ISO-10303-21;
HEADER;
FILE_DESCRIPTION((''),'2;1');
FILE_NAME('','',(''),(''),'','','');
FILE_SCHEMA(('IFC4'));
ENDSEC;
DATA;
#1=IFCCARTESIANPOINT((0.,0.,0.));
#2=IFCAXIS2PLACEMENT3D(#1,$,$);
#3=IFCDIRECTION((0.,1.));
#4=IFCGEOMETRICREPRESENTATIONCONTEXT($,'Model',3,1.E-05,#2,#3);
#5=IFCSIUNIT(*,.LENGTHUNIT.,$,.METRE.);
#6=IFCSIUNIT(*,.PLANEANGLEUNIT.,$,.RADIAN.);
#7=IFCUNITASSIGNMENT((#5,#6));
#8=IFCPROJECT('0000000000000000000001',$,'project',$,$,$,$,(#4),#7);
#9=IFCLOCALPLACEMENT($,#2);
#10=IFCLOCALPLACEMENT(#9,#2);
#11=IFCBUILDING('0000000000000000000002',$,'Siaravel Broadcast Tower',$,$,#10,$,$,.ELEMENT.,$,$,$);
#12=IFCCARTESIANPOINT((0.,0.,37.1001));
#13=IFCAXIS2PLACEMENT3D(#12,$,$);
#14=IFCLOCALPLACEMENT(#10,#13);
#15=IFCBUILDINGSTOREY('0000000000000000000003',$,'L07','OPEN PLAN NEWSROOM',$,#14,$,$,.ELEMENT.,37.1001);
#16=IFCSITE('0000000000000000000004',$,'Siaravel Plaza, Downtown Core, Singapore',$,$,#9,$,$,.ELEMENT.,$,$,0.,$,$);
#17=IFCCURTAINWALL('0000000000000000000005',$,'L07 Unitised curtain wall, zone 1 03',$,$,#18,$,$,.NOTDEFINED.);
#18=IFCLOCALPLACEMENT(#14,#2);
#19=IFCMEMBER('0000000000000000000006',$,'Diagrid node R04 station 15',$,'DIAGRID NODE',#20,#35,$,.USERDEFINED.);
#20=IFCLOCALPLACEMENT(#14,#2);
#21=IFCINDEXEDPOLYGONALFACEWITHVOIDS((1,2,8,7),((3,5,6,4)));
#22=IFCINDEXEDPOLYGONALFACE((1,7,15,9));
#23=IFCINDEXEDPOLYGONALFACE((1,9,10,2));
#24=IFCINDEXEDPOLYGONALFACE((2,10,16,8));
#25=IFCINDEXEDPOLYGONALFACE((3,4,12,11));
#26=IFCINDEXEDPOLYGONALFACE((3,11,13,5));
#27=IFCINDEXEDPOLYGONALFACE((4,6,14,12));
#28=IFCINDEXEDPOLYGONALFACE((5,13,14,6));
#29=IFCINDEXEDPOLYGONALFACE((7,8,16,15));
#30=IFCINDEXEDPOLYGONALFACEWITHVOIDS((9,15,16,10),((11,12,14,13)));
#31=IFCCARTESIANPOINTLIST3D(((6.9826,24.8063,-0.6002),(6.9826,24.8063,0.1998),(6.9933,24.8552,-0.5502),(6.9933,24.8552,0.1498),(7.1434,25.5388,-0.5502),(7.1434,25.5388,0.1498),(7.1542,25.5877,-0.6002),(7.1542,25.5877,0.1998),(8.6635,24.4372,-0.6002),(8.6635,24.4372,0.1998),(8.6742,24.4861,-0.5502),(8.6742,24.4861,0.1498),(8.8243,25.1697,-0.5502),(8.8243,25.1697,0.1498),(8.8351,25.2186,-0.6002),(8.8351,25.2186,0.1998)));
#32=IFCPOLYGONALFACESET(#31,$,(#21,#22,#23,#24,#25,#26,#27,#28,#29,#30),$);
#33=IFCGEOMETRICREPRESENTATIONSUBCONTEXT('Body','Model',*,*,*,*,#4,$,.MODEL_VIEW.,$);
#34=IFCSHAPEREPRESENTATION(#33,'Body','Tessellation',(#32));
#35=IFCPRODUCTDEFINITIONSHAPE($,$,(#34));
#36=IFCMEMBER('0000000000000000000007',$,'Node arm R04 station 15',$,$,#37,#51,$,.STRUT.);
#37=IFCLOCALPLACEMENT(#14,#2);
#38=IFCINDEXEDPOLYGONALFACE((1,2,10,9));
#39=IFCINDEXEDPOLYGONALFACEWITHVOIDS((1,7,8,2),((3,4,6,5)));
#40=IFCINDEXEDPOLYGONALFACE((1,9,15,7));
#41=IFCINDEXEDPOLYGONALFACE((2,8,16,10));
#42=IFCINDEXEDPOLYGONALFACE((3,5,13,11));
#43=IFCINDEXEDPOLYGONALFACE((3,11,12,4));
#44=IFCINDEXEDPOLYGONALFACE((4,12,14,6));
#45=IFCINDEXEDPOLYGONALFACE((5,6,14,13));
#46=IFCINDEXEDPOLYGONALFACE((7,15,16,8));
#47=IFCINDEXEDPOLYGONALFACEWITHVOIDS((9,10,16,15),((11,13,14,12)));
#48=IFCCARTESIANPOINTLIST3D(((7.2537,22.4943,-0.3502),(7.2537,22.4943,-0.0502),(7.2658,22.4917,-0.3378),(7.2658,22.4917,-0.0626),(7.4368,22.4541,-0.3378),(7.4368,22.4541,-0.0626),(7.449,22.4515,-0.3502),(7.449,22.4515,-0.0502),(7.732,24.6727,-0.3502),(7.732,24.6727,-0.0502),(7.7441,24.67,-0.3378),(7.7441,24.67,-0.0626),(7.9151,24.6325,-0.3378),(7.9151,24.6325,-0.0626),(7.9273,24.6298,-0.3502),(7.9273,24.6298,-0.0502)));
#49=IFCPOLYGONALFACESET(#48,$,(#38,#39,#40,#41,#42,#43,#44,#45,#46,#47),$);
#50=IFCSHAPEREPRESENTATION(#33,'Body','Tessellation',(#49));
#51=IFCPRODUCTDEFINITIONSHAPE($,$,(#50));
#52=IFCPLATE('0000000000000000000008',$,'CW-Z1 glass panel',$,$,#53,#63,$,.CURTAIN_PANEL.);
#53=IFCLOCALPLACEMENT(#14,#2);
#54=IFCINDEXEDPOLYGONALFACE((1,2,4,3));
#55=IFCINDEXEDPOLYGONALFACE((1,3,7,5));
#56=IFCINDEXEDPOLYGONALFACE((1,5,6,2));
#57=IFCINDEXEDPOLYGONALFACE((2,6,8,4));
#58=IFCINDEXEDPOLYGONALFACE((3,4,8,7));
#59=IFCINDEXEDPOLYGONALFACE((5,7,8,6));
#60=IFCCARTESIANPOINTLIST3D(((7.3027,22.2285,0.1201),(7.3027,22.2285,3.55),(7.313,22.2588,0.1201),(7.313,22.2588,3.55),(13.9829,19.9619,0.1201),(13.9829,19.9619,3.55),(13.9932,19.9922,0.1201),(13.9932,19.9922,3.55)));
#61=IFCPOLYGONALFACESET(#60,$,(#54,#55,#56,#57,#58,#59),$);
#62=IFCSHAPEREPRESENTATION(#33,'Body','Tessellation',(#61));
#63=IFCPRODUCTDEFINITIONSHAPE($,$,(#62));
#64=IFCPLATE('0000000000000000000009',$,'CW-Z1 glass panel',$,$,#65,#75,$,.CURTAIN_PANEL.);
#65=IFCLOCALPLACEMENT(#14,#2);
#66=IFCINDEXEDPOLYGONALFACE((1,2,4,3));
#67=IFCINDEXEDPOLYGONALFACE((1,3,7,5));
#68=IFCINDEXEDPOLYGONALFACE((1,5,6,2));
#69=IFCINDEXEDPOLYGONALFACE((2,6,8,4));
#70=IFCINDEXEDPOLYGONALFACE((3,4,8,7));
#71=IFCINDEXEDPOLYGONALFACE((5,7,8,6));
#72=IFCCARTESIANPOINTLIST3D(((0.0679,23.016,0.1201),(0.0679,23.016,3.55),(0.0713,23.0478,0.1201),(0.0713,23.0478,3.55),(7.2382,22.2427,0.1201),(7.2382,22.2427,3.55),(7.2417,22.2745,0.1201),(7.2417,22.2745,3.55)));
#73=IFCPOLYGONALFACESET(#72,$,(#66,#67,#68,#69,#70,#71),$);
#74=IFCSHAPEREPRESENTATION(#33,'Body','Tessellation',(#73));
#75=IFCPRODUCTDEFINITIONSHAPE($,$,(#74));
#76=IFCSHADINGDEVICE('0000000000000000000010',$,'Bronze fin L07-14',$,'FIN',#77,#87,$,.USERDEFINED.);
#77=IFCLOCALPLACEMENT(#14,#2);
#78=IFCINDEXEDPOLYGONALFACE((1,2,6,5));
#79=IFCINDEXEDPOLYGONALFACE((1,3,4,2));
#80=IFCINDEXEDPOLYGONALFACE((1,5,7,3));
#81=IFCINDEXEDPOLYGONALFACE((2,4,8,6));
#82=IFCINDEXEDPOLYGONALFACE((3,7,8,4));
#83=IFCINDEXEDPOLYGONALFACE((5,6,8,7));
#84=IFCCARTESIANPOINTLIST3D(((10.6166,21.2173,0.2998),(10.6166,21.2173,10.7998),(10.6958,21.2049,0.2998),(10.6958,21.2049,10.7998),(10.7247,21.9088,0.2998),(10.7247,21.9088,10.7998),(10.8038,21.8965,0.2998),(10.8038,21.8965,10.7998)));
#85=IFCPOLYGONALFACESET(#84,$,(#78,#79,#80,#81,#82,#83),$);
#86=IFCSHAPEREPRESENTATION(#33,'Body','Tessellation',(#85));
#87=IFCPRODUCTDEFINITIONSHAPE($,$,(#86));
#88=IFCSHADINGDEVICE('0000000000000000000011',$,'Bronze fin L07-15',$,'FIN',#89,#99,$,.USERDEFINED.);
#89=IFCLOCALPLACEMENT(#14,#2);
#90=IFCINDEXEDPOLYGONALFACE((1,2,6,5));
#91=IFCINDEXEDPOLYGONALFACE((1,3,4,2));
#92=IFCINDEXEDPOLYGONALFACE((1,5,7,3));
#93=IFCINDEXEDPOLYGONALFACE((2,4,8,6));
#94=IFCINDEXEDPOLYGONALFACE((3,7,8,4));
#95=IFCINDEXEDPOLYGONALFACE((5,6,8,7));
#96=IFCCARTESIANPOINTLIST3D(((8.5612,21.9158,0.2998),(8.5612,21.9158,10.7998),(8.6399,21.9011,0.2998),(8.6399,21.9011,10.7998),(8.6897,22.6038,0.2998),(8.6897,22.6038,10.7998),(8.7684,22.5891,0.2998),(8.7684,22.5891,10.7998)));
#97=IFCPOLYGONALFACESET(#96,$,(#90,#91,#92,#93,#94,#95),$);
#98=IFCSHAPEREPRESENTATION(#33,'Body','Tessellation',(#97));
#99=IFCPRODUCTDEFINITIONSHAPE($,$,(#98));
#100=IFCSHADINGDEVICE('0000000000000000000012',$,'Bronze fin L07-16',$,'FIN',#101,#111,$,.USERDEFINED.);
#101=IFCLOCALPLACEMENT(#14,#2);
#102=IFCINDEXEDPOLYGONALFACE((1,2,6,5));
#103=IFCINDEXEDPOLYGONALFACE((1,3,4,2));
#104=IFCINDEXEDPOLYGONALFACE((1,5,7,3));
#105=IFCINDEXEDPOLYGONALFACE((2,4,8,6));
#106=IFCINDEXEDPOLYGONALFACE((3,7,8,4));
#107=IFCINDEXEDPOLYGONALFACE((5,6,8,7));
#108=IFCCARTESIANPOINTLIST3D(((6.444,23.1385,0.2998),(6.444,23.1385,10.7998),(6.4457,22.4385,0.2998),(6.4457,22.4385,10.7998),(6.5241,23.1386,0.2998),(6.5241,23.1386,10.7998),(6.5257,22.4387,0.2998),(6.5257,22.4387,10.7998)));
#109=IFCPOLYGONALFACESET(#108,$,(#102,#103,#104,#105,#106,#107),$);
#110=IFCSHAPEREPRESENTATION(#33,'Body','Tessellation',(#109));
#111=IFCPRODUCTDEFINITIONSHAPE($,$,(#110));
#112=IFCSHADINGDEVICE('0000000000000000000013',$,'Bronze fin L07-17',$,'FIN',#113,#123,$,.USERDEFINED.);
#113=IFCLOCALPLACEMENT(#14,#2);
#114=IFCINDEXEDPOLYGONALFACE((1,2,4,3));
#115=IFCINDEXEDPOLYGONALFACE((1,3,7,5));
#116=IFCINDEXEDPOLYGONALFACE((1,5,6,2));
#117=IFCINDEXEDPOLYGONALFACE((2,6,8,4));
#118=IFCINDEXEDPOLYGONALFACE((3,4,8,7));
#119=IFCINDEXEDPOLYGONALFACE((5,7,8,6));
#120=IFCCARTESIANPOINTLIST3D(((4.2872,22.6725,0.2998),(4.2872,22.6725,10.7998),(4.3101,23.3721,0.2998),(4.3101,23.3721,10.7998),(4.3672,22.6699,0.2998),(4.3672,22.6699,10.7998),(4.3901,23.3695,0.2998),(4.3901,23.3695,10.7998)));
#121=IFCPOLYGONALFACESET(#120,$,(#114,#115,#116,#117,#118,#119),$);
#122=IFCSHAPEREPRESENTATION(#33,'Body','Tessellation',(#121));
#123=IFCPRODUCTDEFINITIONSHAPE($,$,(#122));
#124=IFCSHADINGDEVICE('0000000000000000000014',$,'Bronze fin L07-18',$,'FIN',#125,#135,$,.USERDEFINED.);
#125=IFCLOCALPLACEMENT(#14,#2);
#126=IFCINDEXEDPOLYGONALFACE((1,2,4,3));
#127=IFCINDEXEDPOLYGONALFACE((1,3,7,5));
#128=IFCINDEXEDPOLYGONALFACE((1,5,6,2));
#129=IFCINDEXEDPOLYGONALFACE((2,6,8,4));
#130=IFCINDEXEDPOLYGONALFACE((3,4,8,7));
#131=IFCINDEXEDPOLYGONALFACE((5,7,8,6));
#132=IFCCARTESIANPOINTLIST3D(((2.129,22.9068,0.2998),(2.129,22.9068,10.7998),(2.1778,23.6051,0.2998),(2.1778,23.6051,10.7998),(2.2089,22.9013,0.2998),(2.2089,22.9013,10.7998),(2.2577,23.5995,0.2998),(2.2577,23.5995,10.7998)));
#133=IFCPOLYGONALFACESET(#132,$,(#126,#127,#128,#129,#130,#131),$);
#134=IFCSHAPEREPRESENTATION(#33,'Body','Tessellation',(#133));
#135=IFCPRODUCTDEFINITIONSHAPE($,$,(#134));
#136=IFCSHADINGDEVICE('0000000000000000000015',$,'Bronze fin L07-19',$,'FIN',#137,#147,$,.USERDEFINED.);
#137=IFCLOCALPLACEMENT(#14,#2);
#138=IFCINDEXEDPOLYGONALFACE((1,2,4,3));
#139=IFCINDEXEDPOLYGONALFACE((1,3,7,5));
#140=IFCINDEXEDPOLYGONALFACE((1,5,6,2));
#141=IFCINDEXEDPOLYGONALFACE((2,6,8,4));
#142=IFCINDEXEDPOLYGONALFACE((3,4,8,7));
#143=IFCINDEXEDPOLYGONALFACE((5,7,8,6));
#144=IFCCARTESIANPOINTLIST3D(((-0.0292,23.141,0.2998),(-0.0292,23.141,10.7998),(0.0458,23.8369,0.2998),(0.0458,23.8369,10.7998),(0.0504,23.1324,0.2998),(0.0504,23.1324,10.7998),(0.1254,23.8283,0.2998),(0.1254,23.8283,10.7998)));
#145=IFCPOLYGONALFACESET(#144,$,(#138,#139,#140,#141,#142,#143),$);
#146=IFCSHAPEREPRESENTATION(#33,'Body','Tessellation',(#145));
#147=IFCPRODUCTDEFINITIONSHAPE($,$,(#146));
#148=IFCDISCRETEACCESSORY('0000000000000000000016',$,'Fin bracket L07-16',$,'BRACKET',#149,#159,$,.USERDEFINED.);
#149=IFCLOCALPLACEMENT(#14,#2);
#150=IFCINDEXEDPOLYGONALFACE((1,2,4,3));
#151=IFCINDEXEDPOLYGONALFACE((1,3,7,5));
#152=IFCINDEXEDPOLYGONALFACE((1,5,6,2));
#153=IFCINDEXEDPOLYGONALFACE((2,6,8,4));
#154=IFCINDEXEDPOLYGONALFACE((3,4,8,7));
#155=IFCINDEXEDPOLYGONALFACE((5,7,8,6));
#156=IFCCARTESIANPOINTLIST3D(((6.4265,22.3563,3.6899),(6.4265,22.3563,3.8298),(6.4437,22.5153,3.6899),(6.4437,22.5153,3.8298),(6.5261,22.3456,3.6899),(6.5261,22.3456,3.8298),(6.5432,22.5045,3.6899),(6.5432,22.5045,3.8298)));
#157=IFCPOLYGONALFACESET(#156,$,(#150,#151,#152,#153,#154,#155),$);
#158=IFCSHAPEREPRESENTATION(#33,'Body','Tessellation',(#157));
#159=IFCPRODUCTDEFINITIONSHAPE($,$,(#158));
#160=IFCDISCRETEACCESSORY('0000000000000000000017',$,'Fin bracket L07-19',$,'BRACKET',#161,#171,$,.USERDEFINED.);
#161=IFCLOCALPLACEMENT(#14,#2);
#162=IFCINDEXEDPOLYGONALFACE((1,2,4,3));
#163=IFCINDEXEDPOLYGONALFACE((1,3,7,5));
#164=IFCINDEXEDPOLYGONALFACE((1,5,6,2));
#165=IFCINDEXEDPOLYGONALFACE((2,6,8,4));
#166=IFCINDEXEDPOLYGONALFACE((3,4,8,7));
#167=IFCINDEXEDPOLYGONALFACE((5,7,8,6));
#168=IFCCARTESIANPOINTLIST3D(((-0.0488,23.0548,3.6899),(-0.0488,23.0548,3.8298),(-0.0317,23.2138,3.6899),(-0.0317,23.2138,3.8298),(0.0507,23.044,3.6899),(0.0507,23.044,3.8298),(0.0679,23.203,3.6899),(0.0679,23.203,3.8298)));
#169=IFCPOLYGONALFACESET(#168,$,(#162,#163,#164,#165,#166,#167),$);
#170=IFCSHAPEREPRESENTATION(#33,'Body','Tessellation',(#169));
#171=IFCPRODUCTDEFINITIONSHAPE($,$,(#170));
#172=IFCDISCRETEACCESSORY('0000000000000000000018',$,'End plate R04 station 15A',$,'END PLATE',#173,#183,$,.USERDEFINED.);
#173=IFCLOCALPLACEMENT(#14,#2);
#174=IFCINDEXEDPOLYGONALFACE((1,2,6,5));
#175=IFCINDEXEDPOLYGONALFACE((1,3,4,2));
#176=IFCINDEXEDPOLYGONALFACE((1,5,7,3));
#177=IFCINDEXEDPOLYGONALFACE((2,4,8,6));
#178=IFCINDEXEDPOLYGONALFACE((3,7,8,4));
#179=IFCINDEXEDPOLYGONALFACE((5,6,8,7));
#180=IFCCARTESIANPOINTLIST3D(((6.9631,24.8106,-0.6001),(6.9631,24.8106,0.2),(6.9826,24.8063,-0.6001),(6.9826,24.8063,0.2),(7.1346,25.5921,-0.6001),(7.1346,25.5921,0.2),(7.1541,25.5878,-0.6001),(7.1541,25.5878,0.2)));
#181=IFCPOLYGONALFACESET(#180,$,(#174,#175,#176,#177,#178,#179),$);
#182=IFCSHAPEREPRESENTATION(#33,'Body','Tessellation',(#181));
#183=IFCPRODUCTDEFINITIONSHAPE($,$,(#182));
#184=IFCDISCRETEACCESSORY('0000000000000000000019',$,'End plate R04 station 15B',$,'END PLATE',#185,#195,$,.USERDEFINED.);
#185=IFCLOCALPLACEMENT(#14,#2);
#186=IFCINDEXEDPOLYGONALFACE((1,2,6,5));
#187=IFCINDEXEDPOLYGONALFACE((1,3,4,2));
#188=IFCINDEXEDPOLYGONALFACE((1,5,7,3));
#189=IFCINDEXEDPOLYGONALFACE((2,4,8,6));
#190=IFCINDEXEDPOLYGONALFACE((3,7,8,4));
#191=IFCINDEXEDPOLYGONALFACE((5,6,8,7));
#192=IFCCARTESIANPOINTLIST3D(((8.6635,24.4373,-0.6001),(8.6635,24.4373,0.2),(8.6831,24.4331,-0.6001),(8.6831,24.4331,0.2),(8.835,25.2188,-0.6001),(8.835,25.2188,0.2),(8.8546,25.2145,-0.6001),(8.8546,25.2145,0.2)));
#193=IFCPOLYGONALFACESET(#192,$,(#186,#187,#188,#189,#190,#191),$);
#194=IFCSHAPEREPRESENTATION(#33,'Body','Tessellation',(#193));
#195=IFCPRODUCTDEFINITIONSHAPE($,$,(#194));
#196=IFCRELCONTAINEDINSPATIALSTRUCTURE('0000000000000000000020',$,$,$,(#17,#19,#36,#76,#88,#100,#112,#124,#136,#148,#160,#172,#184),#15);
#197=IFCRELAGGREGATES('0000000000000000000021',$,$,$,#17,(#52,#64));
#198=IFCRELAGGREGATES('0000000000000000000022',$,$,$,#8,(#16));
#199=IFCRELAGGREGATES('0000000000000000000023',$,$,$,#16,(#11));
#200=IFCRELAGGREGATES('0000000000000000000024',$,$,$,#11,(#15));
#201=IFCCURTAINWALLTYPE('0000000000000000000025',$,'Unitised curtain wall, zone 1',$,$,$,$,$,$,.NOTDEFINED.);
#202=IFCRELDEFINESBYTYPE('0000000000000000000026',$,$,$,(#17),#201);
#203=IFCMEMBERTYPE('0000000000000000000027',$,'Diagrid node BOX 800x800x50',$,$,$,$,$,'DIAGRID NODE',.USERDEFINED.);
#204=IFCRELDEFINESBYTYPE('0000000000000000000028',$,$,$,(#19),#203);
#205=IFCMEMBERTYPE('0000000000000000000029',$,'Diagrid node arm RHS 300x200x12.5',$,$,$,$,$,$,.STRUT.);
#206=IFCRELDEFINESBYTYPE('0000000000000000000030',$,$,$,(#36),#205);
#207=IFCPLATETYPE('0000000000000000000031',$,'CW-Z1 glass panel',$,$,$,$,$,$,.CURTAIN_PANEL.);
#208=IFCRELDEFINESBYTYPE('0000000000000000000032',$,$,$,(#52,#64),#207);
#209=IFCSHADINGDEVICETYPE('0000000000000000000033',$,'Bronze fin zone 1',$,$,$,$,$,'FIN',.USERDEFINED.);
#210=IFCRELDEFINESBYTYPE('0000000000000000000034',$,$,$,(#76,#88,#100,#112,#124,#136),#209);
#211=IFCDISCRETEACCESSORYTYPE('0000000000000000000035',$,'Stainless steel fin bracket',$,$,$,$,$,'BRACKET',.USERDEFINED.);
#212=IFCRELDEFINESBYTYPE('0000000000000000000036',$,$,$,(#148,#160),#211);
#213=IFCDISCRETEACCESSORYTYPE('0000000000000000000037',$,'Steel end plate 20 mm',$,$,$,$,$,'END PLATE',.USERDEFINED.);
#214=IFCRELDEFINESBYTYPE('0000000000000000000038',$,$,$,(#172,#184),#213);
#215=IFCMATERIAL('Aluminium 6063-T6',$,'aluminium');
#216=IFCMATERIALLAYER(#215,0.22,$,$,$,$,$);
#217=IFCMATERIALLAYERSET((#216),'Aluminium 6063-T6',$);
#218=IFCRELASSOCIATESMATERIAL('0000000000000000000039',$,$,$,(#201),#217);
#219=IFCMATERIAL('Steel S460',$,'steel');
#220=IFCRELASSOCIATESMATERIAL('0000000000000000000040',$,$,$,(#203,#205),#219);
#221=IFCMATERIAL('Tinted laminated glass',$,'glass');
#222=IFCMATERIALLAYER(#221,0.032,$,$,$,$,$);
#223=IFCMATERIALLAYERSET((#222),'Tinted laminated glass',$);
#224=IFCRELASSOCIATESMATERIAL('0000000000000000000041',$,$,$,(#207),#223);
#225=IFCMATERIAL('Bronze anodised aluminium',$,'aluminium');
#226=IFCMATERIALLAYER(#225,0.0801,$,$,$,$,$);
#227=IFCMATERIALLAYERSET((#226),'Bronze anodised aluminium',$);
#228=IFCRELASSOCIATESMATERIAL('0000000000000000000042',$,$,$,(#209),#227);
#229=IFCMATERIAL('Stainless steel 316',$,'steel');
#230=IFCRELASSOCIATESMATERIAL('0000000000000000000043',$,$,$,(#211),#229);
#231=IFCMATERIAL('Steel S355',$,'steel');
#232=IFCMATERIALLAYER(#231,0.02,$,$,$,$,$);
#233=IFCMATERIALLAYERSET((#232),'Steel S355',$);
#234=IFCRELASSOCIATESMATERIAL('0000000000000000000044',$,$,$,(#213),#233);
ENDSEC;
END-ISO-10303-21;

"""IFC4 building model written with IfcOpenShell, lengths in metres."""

from ifc_helpers import new_model, si_unit, direction, frame, origin, origin_2d, place, context, subcontext, project, spatial, rectangle, hollow_rectangle, extrude, material, layer, layer_set, material_profile, profile_set, type_object, element, aggregate, save


model = new_model("IFC4")

# Units and contexts
model_context = context("Model", 3, precision=1e-05, world=origin(), true_north=direction((0.0, 1.0)))
body_context = subcontext(model_context, "Body", "Model", "MODEL_VIEW")
ifc_project = project(units=[si_unit("LENGTHUNIT", "METRE"), si_unit("PLANEANGLEUNIT", "RADIAN")], contexts=[model_context])

# Site, building, storey
site_placement = place(None, origin())
site = spatial("IfcSite", under=ifc_project, at=site_placement, Name="Siaravel Plaza, Downtown Core, Singapore", CompositionType="ELEMENT", RefElevation=0.0)
building_placement = place(site_placement, origin())
building = spatial("IfcBuilding", under=site, at=building_placement, Name="Siaravel Broadcast Tower", CompositionType="ELEMENT")
storey_placement = place(building_placement, frame((0.0, 0.0, 37.1001)))
storey = spatial("IfcBuildingStorey", under=building, at=storey_placement, Name="L07", Description="OPEN PLAN NEWSROOM", CompositionType="ELEMENT", Elevation=37.1001)

# Shared definitions
ifc_material_1 = material(Name="Steel S355", Category="steel")

# Curtain wall
ifc_material_2 = material(Name="Aluminium 6063-T6", Category="aluminium")
ifc_layer_1 = layer(ifc_material_2, 0.22)
ifc_layer_set_1 = layer_set([ifc_layer_1], Name="Aluminium 6063-T6")
curtain_wall_type = type_object("IfcCurtainWallType", Name="Unitised curtain wall, zone 1", PredefinedType="NOTDEFINED", material=ifc_layer_set_1)
curtain_wall_1_placement = place(storey_placement, origin())
curtain_wall_1 = element("IfcCurtainWall", 1, at=curtain_wall_1_placement, inside=storey, type_object=curtain_wall_type, Name="L07 Unitised curtain wall, zone 1 03", PredefinedType="NOTDEFINED")

# Members
ifc_material_3 = material(Name="Steel S460", Category="steel")
ifc_material_profile_1 = material_profile(ifc_material_3, hollow_rectangle(XDim=0.8, YDim=0.8, WallThickness=0.05, at=origin_2d()))
ifc_profile_set_1 = profile_set([ifc_material_profile_1], Name="Steel S460")
member_type_1 = type_object("IfcMemberType", Name="Diagrid node BOX 800x800x50", ElementType="DIAGRID NODE", PredefinedType="USERDEFINED", material=ifc_profile_set_1)
member_1_placement = place(storey_placement, frame((8.7493, 24.8279, -0.2002), z_axis=(-0.976725, 0.214496, 0.0), x_axis=(-0.214496, -0.976725, 0.0)))
element("IfcMember", 2, at=member_1_placement, inside=storey, type_object=member_type_1, Name="Diagrid node R04 station 15", ObjectType="DIAGRID NODE", PredefinedType="USERDEFINED", context=body_context, shape_type="SweptSolid", body=[
    extrude(hollow_rectangle(XDim=0.8, YDim=0.8, WallThickness=0.05, at=origin_2d()), origin(), (0.0, 0.0, 1.0), 1.7209),
])
ifc_material_profile_2 = material_profile(ifc_material_3, hollow_rectangle(XDim=0.2, YDim=0.3, WallThickness=0.0125, at=origin_2d()))
ifc_profile_set_2 = profile_set([ifc_material_profile_2], Name="Steel S460")
member_type_2 = type_object("IfcMemberType", Name="Diagrid node arm RHS 300x200x12.5", PredefinedType="STRUT", material=ifc_profile_set_2)
member_2_placement = place(storey_placement, frame((7.3513, 22.4729, -0.2002), z_axis=(0.214461, 0.976733, 0.0), x_axis=(-0.976733, 0.214461, 0.0)))
element("IfcMember", 3, at=member_2_placement, inside=storey, type_object=member_type_2, Name="Node arm R04 station 15", PredefinedType="STRUT", context=body_context, shape_type="SweptSolid", body=[
    extrude(hollow_rectangle(XDim=0.2, YDim=0.3, WallThickness=0.0125, at=origin_2d()), origin(), (0.0, 0.0, 1.0), 2.2302),
])

# Plates
ifc_material_4 = material(Name="Tinted laminated glass", Category="glass")
ifc_layer_2 = layer(ifc_material_4, 0.032)
ifc_layer_set_2 = layer_set([ifc_layer_2], Name="Tinted laminated glass")
plate_type = type_object("IfcPlateType", Name="CW-Z1 glass panel", PredefinedType="CURTAIN_PANEL", material=ifc_layer_set_2)
plate_1_placement = place(storey_placement, frame((10.6479, 21.1104, 0.1201), z_axis=(0.0, 0.0, 1.0), x_axis=(-0.946977, 0.321301, 0.0)))
plate_1 = element("IfcPlate", 4, at=plate_1_placement, type_object=plate_type, Name="CW-Z1 glass panel", PredefinedType="CURTAIN_PANEL", context=body_context, shape_type="SweptSolid", body=[
    extrude(rectangle(XDim=7.0542, YDim=0.032, at=origin_2d()), origin(), (0.0, 0.0, 1.0), 3.4299),
])
plate_2_placement = place(storey_placement, frame((3.6548, 22.6453, 0.1201), z_axis=(0.0, 0.0, 1.0), x_axis=(-0.994236, 0.107218, 0.0)))
plate_2 = element("IfcPlate", 5, at=plate_2_placement, type_object=plate_type, Name="CW-Z1 glass panel", PredefinedType="CURTAIN_PANEL", context=body_context, shape_type="SweptSolid", body=[
    extrude(rectangle(XDim=7.2119, YDim=0.032, at=origin_2d()), origin(), (0.0, 0.0, 1.0), 3.4299),
])
aggregate(curtain_wall_1, [plate_1, plate_2])

# Shading devices
ifc_material_5 = material(Name="Bronze anodised aluminium", Category="aluminium")
ifc_layer_3 = layer(ifc_material_5, 0.0801)
ifc_layer_set_3 = layer_set([ifc_layer_3], Name="Bronze anodised aluminium")
shading_device_type = type_object("IfcShadingDeviceType", Name="Bronze fin zone 1", ElementType="FIN", PredefinedType="USERDEFINED", material=ifc_layer_set_3)
for number, where, z_axis, x_axis, name in (
    (6, (10.7102, 21.5569, 0.2998), (0.0, 0.0, 1.0), (0.154329, 0.988019, 0.0), "Bronze fin L07-14"),
    (7, (8.6648, 22.2524, 0.2998), (0.0, 0.0, 1.0), (0.183574, 0.983006, 0.0), "Bronze fin L07-15"),
    (8, (6.4849, 22.7886, 0.2998), (0.0, 0.0, 1.0), (-0.002403, 0.999997, 0.0), "Bronze fin L07-16"),
    (9, (4.3386, 23.021, 0.2998), (0.0, 0.0, 1.0), (0.032703, 0.999465, 0.0), "Bronze fin L07-17"),
    (10, (2.1934, 23.2532, 0.2998), (0.0, 0.0, 1.0), (0.069711, 0.997567, 0.0), "Bronze fin L07-18"),
    (11, (0.0481, 23.4846, 0.2998), (0.0, 0.0, 1.0), (0.107217, 0.994236, 0.0), "Bronze fin L07-19"),
):
    element("IfcShadingDevice", number, at=place(storey_placement, frame(where, z_axis=z_axis, x_axis=x_axis)), inside=storey, type_object=shading_device_type, Name=name, ObjectType="FIN", PredefinedType="USERDEFINED", context=body_context, shape_type="SweptSolid", body=[
        extrude(rectangle(XDim=0.7, YDim=0.0801, at=origin_2d()), origin(), (0.0, 0.0, 1.0), 10.5),
    ])

# Discrete accessories
ifc_material_6 = material(Name="Stainless steel 316", Category="steel")
discrete_accessory_type_1 = type_object("IfcDiscreteAccessoryType", Name="Stainless steel fin bracket", ElementType="BRACKET", PredefinedType="USERDEFINED", material=ifc_material_6)
for number, where, z_axis, x_axis, name in (
    (12, (6.4849, 22.4304, 3.6899), (0.0, 0.0, 1.0), (0.107217, 0.994236, 0.0), "Fin bracket L07-16"),
    (13, (0.0095, 23.1289, 3.6899), (0.0, 0.0, 1.0), (0.107217, 0.994236, 0.0), "Fin bracket L07-19"),
):
    element("IfcDiscreteAccessory", number, at=place(storey_placement, frame(where, z_axis=z_axis, x_axis=x_axis)), inside=storey, type_object=discrete_accessory_type_1, Name=name, ObjectType="BRACKET", PredefinedType="USERDEFINED", context=body_context, shape_type="SweptSolid", body=[
        extrude(rectangle(XDim=0.1599, YDim=0.1001, at=origin_2d()), origin(), (0.0, 0.0, 1.0), 0.1399),
    ])
ifc_layer_4 = layer(ifc_material_1, 0.02)
ifc_layer_set_4 = layer_set([ifc_layer_4], Name="Steel S355")
discrete_accessory_type_2 = type_object("IfcDiscreteAccessoryType", Name="Steel end plate 20 mm", ElementType="END PLATE", PredefinedType="USERDEFINED", material=ifc_layer_set_4)
for number, where, z_axis, x_axis, name in (
    (14, (7.0586, 25.1992, -0.6001), (0.0, 0.0, 1.0), (-0.976751, 0.214377, 0.0), "End plate R04 station 15A"),
    (15, (8.759, 24.8259, -0.6001), (0.0, 0.0, 1.0), (-0.976751, 0.214377, 0.0), "End plate R04 station 15B"),
):
    element("IfcDiscreteAccessory", number, at=place(storey_placement, frame(where, z_axis=z_axis, x_axis=x_axis)), inside=storey, type_object=discrete_accessory_type_2, Name=name, ObjectType="END PLATE", PredefinedType="USERDEFINED", context=body_context, shape_type="SweptSolid", body=[
        extrude(rectangle(XDim=0.02, YDim=0.8, at=origin_2d()), origin(), (0.0, 0.0, 1.0), 0.8),
    ])

save(model, "model.ifc")
